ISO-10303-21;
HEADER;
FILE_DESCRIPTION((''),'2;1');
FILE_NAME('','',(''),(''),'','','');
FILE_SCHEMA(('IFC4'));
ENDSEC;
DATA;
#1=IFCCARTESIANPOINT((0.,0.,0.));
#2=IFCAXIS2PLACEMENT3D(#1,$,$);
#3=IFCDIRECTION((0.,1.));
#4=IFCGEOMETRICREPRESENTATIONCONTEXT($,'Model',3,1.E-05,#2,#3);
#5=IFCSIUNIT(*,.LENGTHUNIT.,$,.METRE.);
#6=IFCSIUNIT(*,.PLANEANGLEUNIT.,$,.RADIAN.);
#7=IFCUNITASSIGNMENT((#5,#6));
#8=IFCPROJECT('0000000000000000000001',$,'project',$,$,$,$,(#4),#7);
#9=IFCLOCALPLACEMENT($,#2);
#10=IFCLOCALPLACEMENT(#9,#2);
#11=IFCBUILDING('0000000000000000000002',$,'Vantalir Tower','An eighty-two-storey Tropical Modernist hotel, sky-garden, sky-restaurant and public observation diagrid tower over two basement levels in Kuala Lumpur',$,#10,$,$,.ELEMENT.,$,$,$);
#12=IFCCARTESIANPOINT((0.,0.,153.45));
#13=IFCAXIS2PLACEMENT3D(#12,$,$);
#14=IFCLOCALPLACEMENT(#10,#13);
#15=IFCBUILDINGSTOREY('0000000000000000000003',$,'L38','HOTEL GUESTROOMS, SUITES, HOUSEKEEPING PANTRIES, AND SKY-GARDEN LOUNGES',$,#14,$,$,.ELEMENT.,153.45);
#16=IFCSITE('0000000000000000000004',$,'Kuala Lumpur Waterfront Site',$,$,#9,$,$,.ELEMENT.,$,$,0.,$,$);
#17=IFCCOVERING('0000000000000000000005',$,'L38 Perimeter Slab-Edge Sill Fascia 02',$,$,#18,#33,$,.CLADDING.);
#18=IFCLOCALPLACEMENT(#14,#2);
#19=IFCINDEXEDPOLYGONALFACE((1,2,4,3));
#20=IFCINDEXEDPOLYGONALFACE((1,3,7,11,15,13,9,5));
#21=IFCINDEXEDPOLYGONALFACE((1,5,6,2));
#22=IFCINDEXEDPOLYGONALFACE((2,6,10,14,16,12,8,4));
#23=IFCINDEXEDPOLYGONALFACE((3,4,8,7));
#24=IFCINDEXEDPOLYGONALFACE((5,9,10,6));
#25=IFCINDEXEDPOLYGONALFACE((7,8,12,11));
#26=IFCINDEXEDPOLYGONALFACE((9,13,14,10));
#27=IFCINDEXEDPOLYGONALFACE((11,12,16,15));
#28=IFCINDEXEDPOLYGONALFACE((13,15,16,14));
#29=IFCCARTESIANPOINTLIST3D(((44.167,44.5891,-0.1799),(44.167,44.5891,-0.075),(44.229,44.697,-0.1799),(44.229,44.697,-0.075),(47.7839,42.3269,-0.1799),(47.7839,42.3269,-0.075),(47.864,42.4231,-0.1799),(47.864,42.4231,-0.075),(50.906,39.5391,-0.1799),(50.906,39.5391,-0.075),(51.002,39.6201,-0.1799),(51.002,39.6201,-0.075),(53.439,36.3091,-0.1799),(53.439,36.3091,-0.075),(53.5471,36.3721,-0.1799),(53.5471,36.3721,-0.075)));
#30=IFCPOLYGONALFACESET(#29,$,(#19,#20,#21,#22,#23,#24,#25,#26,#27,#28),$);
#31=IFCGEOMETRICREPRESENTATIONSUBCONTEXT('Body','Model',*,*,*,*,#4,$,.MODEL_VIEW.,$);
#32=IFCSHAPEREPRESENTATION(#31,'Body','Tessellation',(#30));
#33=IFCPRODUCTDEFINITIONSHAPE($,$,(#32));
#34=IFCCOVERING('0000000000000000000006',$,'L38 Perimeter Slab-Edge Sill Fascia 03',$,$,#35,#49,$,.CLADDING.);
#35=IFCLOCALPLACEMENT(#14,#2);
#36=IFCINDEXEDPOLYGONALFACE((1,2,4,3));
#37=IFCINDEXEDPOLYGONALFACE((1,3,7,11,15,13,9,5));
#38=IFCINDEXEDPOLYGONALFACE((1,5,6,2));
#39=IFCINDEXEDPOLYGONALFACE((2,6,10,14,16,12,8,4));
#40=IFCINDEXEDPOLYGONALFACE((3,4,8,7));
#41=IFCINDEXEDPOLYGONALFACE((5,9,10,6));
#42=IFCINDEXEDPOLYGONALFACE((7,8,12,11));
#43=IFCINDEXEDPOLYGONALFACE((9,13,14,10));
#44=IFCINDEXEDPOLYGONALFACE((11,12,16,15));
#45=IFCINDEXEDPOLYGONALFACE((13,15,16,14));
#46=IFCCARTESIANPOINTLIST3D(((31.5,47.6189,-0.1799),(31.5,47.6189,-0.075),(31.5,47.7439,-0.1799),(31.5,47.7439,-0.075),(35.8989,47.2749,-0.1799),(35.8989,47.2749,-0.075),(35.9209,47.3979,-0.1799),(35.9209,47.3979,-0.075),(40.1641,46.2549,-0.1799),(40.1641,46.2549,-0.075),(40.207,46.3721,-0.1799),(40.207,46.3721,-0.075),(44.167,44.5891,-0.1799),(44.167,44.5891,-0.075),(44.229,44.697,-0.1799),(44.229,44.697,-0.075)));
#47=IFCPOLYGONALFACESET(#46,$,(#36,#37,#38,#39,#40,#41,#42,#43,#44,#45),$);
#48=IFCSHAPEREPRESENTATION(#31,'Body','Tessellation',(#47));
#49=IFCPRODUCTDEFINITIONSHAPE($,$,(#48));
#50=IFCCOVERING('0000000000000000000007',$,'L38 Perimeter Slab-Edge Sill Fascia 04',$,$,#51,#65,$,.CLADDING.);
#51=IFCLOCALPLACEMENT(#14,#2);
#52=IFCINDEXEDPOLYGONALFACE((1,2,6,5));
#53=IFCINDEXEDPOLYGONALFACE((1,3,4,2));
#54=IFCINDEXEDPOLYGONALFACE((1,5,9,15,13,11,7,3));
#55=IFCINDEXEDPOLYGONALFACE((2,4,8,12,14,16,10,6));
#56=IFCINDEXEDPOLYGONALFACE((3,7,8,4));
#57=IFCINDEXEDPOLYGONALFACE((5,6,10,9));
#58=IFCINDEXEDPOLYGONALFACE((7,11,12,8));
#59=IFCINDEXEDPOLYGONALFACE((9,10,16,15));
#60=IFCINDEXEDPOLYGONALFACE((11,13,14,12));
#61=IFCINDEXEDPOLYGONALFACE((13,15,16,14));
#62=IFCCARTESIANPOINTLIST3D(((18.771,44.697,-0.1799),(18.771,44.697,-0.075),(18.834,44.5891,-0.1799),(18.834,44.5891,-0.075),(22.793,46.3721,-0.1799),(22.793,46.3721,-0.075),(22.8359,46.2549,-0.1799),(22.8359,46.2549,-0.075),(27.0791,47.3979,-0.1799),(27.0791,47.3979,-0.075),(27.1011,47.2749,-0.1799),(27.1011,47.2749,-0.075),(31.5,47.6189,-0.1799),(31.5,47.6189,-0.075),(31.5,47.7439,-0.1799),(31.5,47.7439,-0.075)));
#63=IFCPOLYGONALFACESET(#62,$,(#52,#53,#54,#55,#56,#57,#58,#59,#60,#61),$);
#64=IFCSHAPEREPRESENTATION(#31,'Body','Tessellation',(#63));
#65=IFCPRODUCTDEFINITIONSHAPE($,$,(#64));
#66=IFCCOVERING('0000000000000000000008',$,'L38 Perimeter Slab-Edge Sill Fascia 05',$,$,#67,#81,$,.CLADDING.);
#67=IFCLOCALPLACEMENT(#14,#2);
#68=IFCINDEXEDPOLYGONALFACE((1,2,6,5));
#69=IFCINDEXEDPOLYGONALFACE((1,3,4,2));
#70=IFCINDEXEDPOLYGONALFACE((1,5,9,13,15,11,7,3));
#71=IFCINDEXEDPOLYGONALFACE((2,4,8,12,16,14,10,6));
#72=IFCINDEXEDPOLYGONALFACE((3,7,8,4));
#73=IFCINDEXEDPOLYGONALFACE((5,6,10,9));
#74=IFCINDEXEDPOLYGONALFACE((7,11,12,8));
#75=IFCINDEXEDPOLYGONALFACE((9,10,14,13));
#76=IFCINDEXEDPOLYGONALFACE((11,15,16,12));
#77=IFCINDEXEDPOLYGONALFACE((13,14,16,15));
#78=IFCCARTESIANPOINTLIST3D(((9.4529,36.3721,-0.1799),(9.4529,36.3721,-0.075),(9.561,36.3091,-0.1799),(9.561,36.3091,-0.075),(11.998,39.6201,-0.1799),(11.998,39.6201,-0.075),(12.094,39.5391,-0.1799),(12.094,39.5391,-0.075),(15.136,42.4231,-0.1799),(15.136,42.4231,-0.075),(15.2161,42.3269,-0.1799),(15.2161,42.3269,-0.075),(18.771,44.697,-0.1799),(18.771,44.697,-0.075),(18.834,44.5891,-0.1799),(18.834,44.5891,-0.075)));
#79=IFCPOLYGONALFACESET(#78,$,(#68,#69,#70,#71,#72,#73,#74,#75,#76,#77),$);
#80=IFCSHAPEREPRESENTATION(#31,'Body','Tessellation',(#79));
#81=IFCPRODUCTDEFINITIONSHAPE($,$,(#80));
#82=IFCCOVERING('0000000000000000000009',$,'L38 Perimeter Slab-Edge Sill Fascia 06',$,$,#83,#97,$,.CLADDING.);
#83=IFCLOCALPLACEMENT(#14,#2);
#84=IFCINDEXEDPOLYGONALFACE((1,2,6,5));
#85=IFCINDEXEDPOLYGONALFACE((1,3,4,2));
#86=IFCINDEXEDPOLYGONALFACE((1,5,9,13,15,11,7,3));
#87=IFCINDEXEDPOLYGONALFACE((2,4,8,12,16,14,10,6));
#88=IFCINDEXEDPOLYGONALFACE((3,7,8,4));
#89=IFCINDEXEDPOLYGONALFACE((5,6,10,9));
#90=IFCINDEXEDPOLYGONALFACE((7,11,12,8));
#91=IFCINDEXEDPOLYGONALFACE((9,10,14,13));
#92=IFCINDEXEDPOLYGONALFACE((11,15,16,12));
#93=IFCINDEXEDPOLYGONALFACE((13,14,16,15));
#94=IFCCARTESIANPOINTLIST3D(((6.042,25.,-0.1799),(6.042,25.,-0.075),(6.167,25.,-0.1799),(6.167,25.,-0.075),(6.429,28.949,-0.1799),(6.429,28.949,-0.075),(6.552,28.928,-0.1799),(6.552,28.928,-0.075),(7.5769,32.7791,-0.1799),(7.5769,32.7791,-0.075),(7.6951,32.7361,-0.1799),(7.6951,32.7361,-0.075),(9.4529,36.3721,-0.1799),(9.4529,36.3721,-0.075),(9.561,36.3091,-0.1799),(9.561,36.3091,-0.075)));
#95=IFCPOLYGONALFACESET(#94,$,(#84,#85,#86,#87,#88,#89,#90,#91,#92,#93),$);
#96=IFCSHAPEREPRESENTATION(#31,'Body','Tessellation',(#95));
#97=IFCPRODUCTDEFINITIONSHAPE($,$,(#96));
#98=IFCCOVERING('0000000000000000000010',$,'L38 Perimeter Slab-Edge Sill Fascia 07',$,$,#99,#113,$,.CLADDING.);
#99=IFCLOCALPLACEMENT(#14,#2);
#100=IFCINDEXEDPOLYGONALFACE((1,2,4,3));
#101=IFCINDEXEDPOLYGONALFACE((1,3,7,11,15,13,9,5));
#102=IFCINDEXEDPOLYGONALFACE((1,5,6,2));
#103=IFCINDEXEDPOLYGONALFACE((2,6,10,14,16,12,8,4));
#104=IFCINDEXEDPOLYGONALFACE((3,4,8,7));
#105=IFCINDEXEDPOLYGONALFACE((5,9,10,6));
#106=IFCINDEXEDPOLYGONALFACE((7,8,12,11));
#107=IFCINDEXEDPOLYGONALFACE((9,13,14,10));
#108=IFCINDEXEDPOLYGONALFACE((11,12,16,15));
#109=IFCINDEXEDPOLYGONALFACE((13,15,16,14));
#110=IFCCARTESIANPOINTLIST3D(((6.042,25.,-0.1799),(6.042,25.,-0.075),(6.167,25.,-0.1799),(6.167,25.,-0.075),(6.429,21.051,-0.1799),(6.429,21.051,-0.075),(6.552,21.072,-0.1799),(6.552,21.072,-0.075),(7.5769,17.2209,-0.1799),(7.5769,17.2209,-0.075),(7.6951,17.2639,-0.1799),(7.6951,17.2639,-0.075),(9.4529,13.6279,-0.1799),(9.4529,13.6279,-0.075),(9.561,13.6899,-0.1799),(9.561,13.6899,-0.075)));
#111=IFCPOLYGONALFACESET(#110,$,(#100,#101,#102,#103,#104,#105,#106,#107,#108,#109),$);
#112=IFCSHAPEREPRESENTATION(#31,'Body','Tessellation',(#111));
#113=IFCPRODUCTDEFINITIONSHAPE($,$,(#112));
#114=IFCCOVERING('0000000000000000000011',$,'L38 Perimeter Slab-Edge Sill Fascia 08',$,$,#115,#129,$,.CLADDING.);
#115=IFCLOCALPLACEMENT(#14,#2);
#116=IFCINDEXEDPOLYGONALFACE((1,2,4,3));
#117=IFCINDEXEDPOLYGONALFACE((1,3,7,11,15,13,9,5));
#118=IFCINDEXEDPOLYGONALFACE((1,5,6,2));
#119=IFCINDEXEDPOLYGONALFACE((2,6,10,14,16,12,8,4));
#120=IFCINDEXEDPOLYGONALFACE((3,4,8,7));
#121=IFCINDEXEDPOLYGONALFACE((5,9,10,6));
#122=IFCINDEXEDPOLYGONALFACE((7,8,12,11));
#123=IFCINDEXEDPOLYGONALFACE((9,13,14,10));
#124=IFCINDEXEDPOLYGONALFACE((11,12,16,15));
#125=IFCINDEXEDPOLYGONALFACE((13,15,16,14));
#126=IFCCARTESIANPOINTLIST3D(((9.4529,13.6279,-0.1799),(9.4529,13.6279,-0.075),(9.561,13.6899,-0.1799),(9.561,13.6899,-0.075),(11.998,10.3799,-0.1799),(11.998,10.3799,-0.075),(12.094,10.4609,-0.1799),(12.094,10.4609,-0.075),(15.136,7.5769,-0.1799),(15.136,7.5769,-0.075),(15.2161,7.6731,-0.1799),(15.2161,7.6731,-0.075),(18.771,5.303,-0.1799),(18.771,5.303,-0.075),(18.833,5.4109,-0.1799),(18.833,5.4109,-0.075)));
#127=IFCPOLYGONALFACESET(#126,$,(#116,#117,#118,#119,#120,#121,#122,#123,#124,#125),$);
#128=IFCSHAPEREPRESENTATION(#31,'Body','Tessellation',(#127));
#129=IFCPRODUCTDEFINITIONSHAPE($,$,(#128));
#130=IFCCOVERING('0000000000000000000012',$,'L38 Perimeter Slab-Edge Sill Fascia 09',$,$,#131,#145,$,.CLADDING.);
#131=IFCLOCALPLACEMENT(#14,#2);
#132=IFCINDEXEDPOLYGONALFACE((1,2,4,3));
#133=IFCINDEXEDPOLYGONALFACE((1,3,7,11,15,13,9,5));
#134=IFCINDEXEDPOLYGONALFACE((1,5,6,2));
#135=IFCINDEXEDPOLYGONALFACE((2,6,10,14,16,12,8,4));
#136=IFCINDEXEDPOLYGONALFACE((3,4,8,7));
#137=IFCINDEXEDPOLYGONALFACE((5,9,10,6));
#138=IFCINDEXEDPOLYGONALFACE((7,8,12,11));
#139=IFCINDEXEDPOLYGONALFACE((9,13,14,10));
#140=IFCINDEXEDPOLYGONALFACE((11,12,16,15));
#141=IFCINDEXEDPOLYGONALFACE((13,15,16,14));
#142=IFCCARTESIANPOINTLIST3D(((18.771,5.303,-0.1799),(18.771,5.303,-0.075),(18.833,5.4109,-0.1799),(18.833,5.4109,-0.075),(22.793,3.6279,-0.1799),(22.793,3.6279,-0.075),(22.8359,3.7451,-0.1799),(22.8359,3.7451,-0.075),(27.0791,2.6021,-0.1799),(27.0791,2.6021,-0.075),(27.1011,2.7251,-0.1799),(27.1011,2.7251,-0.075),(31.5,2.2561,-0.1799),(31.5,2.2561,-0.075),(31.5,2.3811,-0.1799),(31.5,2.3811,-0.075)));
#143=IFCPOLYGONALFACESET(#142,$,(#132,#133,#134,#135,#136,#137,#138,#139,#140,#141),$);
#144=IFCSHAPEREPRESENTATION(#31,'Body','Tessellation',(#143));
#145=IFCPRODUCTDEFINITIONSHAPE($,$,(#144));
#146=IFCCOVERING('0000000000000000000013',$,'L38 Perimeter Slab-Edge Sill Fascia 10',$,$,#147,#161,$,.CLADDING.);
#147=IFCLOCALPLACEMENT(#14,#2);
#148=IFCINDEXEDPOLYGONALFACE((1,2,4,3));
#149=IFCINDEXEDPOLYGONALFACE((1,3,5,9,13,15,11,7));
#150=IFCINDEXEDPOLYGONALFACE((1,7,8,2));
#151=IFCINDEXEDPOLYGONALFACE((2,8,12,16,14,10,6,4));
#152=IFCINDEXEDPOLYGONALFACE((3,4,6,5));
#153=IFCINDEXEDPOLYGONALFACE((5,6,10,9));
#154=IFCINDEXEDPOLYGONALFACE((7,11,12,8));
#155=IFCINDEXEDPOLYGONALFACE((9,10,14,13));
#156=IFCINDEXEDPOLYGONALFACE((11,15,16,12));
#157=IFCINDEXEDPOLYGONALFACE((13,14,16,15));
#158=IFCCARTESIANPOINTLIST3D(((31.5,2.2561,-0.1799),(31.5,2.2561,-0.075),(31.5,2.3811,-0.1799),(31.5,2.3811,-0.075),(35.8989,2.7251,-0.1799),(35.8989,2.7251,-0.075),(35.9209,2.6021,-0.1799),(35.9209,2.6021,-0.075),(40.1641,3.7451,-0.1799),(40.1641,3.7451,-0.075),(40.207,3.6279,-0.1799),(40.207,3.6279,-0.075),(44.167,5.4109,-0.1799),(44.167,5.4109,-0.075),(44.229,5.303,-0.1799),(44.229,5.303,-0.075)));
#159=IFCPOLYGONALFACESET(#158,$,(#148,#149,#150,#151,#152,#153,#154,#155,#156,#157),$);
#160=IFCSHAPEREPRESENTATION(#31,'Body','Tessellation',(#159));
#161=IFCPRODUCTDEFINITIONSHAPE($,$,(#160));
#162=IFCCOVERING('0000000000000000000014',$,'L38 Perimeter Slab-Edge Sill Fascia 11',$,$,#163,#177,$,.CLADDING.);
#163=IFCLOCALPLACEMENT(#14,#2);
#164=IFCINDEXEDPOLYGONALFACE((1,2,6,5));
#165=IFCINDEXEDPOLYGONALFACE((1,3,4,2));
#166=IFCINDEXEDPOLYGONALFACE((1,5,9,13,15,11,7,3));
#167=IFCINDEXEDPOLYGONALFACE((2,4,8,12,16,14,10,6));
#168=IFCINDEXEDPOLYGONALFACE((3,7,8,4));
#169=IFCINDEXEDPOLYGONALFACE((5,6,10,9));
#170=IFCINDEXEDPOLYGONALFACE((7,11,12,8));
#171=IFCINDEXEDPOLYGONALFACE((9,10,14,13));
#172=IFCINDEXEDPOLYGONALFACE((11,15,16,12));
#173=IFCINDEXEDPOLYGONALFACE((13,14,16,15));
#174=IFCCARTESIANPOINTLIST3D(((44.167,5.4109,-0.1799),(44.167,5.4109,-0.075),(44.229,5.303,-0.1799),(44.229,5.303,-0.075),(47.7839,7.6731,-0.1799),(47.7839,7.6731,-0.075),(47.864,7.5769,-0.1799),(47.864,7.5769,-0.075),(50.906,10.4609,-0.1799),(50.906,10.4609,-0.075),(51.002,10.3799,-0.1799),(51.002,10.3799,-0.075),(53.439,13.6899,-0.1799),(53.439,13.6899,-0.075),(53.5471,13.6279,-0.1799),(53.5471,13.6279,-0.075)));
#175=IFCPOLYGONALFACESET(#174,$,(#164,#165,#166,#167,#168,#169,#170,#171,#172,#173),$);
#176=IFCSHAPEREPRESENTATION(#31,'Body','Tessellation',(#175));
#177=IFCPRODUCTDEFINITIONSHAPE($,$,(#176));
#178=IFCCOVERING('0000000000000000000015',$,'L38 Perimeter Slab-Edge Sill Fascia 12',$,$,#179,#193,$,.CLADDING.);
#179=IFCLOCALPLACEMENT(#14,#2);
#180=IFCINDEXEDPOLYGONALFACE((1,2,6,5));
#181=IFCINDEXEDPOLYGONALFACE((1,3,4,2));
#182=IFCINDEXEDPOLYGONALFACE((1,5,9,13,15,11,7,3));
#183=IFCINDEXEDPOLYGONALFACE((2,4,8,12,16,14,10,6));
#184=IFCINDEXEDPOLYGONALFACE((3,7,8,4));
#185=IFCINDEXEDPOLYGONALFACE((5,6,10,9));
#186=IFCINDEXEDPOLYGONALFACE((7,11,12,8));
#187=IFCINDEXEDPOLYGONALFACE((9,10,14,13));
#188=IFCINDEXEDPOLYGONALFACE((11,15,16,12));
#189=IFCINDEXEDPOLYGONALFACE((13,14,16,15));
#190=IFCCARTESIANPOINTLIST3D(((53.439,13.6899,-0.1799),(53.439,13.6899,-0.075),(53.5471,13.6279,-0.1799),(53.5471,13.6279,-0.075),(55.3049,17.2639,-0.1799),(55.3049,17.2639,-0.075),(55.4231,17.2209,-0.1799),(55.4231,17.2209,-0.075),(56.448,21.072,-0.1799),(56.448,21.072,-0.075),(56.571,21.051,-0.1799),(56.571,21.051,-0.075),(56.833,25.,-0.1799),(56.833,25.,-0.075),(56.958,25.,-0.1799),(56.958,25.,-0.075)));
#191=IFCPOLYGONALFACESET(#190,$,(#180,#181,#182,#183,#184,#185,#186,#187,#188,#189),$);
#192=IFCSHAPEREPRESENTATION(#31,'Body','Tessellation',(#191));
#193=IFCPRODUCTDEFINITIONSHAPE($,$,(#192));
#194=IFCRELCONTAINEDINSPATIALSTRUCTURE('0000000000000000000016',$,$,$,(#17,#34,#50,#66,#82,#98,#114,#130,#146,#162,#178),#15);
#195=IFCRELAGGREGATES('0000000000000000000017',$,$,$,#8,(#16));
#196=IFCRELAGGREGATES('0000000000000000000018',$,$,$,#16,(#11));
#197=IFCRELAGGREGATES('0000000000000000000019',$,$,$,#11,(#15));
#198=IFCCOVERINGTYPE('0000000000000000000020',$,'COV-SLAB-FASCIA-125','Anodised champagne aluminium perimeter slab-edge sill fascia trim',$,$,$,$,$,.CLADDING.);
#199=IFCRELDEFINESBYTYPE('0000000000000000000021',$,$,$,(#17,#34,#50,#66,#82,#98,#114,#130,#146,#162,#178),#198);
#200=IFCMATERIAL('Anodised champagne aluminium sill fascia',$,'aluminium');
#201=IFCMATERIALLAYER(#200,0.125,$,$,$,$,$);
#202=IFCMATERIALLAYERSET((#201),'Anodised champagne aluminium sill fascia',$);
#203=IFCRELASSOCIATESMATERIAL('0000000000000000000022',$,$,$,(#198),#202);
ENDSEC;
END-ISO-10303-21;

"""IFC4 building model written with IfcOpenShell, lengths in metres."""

from ifc_helpers import new_model, si_unit, direction, frame, origin, place, context, subcontext, project, spatial, polyline, outline, extrude, material, layer, layer_set, type_object, element, save


model = new_model("IFC4")

# Units and contexts
model_context = context("Model", 3, precision=1e-05, world=origin(), true_north=direction((0.0, 1.0)))
body_context = subcontext(model_context, "Body", "Model", "MODEL_VIEW")
ifc_project = project(units=[si_unit("LENGTHUNIT", "METRE"), si_unit("PLANEANGLEUNIT", "RADIAN")], contexts=[model_context])

# Site, building, storey
site_placement = place(None, origin())
site = spatial("IfcSite", under=ifc_project, at=site_placement, Name="Kuala Lumpur Waterfront Site", CompositionType="ELEMENT", RefElevation=0.0)
building_placement = place(site_placement, origin())
building = spatial("IfcBuilding", under=site, at=building_placement, Name="Vantalir Tower", Description="An eighty-two-storey Tropical Modernist hotel, sky-garden, sky-restaurant and public observation diagrid tower over two basement levels in Kuala Lumpur", CompositionType="ELEMENT")
storey_placement = place(building_placement, frame((0.0, 0.0, 153.45)))
storey = spatial("IfcBuildingStorey", under=building, at=storey_placement, Name="L38", Description="HOTEL GUESTROOMS, SUITES, HOUSEKEEPING PANTRIES, AND SKY-GARDEN LOUNGES", CompositionType="ELEMENT", Elevation=153.45)

# Coverings
ifc_material_1 = material(Name="Anodised champagne aluminium sill fascia", Category="aluminium")
ifc_layer_1 = layer(ifc_material_1, 0.125)
ifc_layer_set_1 = layer_set([ifc_layer_1], Name="Anodised champagne aluminium sill fascia")
covering_type = type_object("IfcCoveringType", Name="COV-SLAB-FASCIA-125", Description="Anodised champagne aluminium perimeter slab-edge sill fascia trim", PredefinedType="CLADDING", material=ifc_layer_set_1)
covering_1_placement = place(storey_placement, frame((0.0, 0.0, -0.1799)))
element("IfcCovering", 1, at=covering_1_placement, inside=storey, type_object=covering_type, Name="L38 Perimeter Slab-Edge Sill Fascia 02", PredefinedType="CLADDING", context=body_context, shape_type="SweptSolid", body=[
    extrude(outline(polyline([(53.5471, 36.3721), (51.002, 39.6201), (47.864, 42.4231), (44.229, 44.697), (44.167, 44.5891), (47.7839, 42.3269), (50.906, 39.5391), (53.439, 36.3091), (53.5471, 36.3721)])), origin(), (0.0, 0.0, 1.0), 0.105),
])
covering_2_placement = place(storey_placement, frame((0.0, 0.0, -0.1799)))
element("IfcCovering", 2, at=covering_2_placement, inside=storey, type_object=covering_type, Name="L38 Perimeter Slab-Edge Sill Fascia 03", PredefinedType="CLADDING", context=body_context, shape_type="SweptSolid", body=[
    extrude(outline(polyline([(44.229, 44.697), (40.207, 46.3721), (35.9209, 47.3979), (31.5, 47.7439), (31.5, 47.6189), (35.8989, 47.2749), (40.1641, 46.2549), (44.167, 44.5891), (44.229, 44.697)])), origin(), (0.0, 0.0, 1.0), 0.105),
])
covering_3_placement = place(storey_placement, frame((0.0, 0.0, -0.1799)))
element("IfcCovering", 3, at=covering_3_placement, inside=storey, type_object=covering_type, Name="L38 Perimeter Slab-Edge Sill Fascia 04", PredefinedType="CLADDING", context=body_context, shape_type="SweptSolid", body=[
    extrude(outline(polyline([(31.5, 47.7439), (27.0791, 47.3979), (22.793, 46.3721), (18.771, 44.697), (18.834, 44.5891), (22.8359, 46.2549), (27.1011, 47.2749), (31.5, 47.6189), (31.5, 47.7439)])), origin(), (0.0, 0.0, 1.0), 0.105),
])
covering_4_placement = place(storey_placement, frame((0.0, 0.0, -0.1799)))
element("IfcCovering", 4, at=covering_4_placement, inside=storey, type_object=covering_type, Name="L38 Perimeter Slab-Edge Sill Fascia 05", PredefinedType="CLADDING", context=body_context, shape_type="SweptSolid", body=[
    extrude(outline(polyline([(18.771, 44.697), (15.136, 42.4231), (11.998, 39.6201), (9.4529, 36.3721), (9.561, 36.3091), (12.094, 39.5391), (15.2161, 42.3269), (18.834, 44.5891), (18.771, 44.697)])), origin(), (0.0, 0.0, 1.0), 0.105),
])
covering_5_placement = place(storey_placement, frame((0.0, 0.0, -0.1799)))
element("IfcCovering", 5, at=covering_5_placement, inside=storey, type_object=covering_type, Name="L38 Perimeter Slab-Edge Sill Fascia 06", PredefinedType="CLADDING", context=body_context, shape_type="SweptSolid", body=[
    extrude(outline(polyline([(9.4529, 36.3721), (7.5769, 32.7791), (6.429, 28.949), (6.042, 25.0), (6.167, 25.0), (6.552, 28.928), (7.6951, 32.7361), (9.561, 36.3091), (9.4529, 36.3721)])), origin(), (0.0, 0.0, 1.0), 0.105),
])
covering_6_placement = place(storey_placement, frame((0.0, 0.0, -0.1799)))
element("IfcCovering", 6, at=covering_6_placement, inside=storey, type_object=covering_type, Name="L38 Perimeter Slab-Edge Sill Fascia 07", PredefinedType="CLADDING", context=body_context, shape_type="SweptSolid", body=[
    extrude(outline(polyline([(6.042, 25.0), (6.429, 21.051), (7.5769, 17.2209), (9.4529, 13.6279), (9.561, 13.6899), (7.6951, 17.2639), (6.552, 21.072), (6.167, 25.0), (6.042, 25.0)])), origin(), (0.0, 0.0, 1.0), 0.105),
])
covering_7_placement = place(storey_placement, frame((0.0, 0.0, -0.1799)))
element("IfcCovering", 7, at=covering_7_placement, inside=storey, type_object=covering_type, Name="L38 Perimeter Slab-Edge Sill Fascia 08", PredefinedType="CLADDING", context=body_context, shape_type="SweptSolid", body=[
    extrude(outline(polyline([(9.4529, 13.6279), (11.998, 10.3799), (15.136, 7.5769), (18.771, 5.303), (18.833, 5.4109), (15.2161, 7.6731), (12.094, 10.4609), (9.561, 13.6899), (9.4529, 13.6279)])), origin(), (0.0, 0.0, 1.0), 0.105),
])
covering_8_placement = place(storey_placement, frame((0.0, 0.0, -0.1799)))
element("IfcCovering", 8, at=covering_8_placement, inside=storey, type_object=covering_type, Name="L38 Perimeter Slab-Edge Sill Fascia 09", PredefinedType="CLADDING", context=body_context, shape_type="SweptSolid", body=[
    extrude(outline(polyline([(18.771, 5.303), (22.793, 3.6279), (27.0791, 2.6021), (31.5, 2.2561), (31.5, 2.3811), (27.1011, 2.7251), (22.8359, 3.7451), (18.833, 5.4109), (18.771, 5.303)])), origin(), (0.0, 0.0, 1.0), 0.105),
])
covering_9_placement = place(storey_placement, frame((0.0, 0.0, -0.1799)))
element("IfcCovering", 9, at=covering_9_placement, inside=storey, type_object=covering_type, Name="L38 Perimeter Slab-Edge Sill Fascia 10", PredefinedType="CLADDING", context=body_context, shape_type="SweptSolid", body=[
    extrude(outline(polyline([(31.5, 2.2561), (35.9209, 2.6021), (40.207, 3.6279), (44.229, 5.303), (44.167, 5.4109), (40.1641, 3.7451), (35.8989, 2.7251), (31.5, 2.3811), (31.5, 2.2561)])), origin(), (0.0, 0.0, 1.0), 0.105),
])
covering_10_placement = place(storey_placement, frame((0.0, 0.0, -0.1799)))
element("IfcCovering", 10, at=covering_10_placement, inside=storey, type_object=covering_type, Name="L38 Perimeter Slab-Edge Sill Fascia 11", PredefinedType="CLADDING", context=body_context, shape_type="SweptSolid", body=[
    extrude(outline(polyline([(44.229, 5.303), (47.864, 7.5769), (51.002, 10.3799), (53.5471, 13.6279), (53.439, 13.6899), (50.906, 10.4609), (47.7839, 7.6731), (44.167, 5.4109), (44.229, 5.303)])), origin(), (0.0, 0.0, 1.0), 0.105),
])
covering_11_placement = place(storey_placement, frame((0.0, 0.0, -0.1799)))
element("IfcCovering", 11, at=covering_11_placement, inside=storey, type_object=covering_type, Name="L38 Perimeter Slab-Edge Sill Fascia 12", PredefinedType="CLADDING", context=body_context, shape_type="SweptSolid", body=[
    extrude(outline(polyline([(53.5471, 13.6279), (55.4231, 17.2209), (56.571, 21.051), (56.958, 25.0), (56.833, 25.0), (56.448, 21.072), (55.3049, 17.2639), (53.439, 13.6899), (53.5471, 13.6279)])), origin(), (0.0, 0.0, 1.0), 0.105),
])

save(model, "model.ifc")
